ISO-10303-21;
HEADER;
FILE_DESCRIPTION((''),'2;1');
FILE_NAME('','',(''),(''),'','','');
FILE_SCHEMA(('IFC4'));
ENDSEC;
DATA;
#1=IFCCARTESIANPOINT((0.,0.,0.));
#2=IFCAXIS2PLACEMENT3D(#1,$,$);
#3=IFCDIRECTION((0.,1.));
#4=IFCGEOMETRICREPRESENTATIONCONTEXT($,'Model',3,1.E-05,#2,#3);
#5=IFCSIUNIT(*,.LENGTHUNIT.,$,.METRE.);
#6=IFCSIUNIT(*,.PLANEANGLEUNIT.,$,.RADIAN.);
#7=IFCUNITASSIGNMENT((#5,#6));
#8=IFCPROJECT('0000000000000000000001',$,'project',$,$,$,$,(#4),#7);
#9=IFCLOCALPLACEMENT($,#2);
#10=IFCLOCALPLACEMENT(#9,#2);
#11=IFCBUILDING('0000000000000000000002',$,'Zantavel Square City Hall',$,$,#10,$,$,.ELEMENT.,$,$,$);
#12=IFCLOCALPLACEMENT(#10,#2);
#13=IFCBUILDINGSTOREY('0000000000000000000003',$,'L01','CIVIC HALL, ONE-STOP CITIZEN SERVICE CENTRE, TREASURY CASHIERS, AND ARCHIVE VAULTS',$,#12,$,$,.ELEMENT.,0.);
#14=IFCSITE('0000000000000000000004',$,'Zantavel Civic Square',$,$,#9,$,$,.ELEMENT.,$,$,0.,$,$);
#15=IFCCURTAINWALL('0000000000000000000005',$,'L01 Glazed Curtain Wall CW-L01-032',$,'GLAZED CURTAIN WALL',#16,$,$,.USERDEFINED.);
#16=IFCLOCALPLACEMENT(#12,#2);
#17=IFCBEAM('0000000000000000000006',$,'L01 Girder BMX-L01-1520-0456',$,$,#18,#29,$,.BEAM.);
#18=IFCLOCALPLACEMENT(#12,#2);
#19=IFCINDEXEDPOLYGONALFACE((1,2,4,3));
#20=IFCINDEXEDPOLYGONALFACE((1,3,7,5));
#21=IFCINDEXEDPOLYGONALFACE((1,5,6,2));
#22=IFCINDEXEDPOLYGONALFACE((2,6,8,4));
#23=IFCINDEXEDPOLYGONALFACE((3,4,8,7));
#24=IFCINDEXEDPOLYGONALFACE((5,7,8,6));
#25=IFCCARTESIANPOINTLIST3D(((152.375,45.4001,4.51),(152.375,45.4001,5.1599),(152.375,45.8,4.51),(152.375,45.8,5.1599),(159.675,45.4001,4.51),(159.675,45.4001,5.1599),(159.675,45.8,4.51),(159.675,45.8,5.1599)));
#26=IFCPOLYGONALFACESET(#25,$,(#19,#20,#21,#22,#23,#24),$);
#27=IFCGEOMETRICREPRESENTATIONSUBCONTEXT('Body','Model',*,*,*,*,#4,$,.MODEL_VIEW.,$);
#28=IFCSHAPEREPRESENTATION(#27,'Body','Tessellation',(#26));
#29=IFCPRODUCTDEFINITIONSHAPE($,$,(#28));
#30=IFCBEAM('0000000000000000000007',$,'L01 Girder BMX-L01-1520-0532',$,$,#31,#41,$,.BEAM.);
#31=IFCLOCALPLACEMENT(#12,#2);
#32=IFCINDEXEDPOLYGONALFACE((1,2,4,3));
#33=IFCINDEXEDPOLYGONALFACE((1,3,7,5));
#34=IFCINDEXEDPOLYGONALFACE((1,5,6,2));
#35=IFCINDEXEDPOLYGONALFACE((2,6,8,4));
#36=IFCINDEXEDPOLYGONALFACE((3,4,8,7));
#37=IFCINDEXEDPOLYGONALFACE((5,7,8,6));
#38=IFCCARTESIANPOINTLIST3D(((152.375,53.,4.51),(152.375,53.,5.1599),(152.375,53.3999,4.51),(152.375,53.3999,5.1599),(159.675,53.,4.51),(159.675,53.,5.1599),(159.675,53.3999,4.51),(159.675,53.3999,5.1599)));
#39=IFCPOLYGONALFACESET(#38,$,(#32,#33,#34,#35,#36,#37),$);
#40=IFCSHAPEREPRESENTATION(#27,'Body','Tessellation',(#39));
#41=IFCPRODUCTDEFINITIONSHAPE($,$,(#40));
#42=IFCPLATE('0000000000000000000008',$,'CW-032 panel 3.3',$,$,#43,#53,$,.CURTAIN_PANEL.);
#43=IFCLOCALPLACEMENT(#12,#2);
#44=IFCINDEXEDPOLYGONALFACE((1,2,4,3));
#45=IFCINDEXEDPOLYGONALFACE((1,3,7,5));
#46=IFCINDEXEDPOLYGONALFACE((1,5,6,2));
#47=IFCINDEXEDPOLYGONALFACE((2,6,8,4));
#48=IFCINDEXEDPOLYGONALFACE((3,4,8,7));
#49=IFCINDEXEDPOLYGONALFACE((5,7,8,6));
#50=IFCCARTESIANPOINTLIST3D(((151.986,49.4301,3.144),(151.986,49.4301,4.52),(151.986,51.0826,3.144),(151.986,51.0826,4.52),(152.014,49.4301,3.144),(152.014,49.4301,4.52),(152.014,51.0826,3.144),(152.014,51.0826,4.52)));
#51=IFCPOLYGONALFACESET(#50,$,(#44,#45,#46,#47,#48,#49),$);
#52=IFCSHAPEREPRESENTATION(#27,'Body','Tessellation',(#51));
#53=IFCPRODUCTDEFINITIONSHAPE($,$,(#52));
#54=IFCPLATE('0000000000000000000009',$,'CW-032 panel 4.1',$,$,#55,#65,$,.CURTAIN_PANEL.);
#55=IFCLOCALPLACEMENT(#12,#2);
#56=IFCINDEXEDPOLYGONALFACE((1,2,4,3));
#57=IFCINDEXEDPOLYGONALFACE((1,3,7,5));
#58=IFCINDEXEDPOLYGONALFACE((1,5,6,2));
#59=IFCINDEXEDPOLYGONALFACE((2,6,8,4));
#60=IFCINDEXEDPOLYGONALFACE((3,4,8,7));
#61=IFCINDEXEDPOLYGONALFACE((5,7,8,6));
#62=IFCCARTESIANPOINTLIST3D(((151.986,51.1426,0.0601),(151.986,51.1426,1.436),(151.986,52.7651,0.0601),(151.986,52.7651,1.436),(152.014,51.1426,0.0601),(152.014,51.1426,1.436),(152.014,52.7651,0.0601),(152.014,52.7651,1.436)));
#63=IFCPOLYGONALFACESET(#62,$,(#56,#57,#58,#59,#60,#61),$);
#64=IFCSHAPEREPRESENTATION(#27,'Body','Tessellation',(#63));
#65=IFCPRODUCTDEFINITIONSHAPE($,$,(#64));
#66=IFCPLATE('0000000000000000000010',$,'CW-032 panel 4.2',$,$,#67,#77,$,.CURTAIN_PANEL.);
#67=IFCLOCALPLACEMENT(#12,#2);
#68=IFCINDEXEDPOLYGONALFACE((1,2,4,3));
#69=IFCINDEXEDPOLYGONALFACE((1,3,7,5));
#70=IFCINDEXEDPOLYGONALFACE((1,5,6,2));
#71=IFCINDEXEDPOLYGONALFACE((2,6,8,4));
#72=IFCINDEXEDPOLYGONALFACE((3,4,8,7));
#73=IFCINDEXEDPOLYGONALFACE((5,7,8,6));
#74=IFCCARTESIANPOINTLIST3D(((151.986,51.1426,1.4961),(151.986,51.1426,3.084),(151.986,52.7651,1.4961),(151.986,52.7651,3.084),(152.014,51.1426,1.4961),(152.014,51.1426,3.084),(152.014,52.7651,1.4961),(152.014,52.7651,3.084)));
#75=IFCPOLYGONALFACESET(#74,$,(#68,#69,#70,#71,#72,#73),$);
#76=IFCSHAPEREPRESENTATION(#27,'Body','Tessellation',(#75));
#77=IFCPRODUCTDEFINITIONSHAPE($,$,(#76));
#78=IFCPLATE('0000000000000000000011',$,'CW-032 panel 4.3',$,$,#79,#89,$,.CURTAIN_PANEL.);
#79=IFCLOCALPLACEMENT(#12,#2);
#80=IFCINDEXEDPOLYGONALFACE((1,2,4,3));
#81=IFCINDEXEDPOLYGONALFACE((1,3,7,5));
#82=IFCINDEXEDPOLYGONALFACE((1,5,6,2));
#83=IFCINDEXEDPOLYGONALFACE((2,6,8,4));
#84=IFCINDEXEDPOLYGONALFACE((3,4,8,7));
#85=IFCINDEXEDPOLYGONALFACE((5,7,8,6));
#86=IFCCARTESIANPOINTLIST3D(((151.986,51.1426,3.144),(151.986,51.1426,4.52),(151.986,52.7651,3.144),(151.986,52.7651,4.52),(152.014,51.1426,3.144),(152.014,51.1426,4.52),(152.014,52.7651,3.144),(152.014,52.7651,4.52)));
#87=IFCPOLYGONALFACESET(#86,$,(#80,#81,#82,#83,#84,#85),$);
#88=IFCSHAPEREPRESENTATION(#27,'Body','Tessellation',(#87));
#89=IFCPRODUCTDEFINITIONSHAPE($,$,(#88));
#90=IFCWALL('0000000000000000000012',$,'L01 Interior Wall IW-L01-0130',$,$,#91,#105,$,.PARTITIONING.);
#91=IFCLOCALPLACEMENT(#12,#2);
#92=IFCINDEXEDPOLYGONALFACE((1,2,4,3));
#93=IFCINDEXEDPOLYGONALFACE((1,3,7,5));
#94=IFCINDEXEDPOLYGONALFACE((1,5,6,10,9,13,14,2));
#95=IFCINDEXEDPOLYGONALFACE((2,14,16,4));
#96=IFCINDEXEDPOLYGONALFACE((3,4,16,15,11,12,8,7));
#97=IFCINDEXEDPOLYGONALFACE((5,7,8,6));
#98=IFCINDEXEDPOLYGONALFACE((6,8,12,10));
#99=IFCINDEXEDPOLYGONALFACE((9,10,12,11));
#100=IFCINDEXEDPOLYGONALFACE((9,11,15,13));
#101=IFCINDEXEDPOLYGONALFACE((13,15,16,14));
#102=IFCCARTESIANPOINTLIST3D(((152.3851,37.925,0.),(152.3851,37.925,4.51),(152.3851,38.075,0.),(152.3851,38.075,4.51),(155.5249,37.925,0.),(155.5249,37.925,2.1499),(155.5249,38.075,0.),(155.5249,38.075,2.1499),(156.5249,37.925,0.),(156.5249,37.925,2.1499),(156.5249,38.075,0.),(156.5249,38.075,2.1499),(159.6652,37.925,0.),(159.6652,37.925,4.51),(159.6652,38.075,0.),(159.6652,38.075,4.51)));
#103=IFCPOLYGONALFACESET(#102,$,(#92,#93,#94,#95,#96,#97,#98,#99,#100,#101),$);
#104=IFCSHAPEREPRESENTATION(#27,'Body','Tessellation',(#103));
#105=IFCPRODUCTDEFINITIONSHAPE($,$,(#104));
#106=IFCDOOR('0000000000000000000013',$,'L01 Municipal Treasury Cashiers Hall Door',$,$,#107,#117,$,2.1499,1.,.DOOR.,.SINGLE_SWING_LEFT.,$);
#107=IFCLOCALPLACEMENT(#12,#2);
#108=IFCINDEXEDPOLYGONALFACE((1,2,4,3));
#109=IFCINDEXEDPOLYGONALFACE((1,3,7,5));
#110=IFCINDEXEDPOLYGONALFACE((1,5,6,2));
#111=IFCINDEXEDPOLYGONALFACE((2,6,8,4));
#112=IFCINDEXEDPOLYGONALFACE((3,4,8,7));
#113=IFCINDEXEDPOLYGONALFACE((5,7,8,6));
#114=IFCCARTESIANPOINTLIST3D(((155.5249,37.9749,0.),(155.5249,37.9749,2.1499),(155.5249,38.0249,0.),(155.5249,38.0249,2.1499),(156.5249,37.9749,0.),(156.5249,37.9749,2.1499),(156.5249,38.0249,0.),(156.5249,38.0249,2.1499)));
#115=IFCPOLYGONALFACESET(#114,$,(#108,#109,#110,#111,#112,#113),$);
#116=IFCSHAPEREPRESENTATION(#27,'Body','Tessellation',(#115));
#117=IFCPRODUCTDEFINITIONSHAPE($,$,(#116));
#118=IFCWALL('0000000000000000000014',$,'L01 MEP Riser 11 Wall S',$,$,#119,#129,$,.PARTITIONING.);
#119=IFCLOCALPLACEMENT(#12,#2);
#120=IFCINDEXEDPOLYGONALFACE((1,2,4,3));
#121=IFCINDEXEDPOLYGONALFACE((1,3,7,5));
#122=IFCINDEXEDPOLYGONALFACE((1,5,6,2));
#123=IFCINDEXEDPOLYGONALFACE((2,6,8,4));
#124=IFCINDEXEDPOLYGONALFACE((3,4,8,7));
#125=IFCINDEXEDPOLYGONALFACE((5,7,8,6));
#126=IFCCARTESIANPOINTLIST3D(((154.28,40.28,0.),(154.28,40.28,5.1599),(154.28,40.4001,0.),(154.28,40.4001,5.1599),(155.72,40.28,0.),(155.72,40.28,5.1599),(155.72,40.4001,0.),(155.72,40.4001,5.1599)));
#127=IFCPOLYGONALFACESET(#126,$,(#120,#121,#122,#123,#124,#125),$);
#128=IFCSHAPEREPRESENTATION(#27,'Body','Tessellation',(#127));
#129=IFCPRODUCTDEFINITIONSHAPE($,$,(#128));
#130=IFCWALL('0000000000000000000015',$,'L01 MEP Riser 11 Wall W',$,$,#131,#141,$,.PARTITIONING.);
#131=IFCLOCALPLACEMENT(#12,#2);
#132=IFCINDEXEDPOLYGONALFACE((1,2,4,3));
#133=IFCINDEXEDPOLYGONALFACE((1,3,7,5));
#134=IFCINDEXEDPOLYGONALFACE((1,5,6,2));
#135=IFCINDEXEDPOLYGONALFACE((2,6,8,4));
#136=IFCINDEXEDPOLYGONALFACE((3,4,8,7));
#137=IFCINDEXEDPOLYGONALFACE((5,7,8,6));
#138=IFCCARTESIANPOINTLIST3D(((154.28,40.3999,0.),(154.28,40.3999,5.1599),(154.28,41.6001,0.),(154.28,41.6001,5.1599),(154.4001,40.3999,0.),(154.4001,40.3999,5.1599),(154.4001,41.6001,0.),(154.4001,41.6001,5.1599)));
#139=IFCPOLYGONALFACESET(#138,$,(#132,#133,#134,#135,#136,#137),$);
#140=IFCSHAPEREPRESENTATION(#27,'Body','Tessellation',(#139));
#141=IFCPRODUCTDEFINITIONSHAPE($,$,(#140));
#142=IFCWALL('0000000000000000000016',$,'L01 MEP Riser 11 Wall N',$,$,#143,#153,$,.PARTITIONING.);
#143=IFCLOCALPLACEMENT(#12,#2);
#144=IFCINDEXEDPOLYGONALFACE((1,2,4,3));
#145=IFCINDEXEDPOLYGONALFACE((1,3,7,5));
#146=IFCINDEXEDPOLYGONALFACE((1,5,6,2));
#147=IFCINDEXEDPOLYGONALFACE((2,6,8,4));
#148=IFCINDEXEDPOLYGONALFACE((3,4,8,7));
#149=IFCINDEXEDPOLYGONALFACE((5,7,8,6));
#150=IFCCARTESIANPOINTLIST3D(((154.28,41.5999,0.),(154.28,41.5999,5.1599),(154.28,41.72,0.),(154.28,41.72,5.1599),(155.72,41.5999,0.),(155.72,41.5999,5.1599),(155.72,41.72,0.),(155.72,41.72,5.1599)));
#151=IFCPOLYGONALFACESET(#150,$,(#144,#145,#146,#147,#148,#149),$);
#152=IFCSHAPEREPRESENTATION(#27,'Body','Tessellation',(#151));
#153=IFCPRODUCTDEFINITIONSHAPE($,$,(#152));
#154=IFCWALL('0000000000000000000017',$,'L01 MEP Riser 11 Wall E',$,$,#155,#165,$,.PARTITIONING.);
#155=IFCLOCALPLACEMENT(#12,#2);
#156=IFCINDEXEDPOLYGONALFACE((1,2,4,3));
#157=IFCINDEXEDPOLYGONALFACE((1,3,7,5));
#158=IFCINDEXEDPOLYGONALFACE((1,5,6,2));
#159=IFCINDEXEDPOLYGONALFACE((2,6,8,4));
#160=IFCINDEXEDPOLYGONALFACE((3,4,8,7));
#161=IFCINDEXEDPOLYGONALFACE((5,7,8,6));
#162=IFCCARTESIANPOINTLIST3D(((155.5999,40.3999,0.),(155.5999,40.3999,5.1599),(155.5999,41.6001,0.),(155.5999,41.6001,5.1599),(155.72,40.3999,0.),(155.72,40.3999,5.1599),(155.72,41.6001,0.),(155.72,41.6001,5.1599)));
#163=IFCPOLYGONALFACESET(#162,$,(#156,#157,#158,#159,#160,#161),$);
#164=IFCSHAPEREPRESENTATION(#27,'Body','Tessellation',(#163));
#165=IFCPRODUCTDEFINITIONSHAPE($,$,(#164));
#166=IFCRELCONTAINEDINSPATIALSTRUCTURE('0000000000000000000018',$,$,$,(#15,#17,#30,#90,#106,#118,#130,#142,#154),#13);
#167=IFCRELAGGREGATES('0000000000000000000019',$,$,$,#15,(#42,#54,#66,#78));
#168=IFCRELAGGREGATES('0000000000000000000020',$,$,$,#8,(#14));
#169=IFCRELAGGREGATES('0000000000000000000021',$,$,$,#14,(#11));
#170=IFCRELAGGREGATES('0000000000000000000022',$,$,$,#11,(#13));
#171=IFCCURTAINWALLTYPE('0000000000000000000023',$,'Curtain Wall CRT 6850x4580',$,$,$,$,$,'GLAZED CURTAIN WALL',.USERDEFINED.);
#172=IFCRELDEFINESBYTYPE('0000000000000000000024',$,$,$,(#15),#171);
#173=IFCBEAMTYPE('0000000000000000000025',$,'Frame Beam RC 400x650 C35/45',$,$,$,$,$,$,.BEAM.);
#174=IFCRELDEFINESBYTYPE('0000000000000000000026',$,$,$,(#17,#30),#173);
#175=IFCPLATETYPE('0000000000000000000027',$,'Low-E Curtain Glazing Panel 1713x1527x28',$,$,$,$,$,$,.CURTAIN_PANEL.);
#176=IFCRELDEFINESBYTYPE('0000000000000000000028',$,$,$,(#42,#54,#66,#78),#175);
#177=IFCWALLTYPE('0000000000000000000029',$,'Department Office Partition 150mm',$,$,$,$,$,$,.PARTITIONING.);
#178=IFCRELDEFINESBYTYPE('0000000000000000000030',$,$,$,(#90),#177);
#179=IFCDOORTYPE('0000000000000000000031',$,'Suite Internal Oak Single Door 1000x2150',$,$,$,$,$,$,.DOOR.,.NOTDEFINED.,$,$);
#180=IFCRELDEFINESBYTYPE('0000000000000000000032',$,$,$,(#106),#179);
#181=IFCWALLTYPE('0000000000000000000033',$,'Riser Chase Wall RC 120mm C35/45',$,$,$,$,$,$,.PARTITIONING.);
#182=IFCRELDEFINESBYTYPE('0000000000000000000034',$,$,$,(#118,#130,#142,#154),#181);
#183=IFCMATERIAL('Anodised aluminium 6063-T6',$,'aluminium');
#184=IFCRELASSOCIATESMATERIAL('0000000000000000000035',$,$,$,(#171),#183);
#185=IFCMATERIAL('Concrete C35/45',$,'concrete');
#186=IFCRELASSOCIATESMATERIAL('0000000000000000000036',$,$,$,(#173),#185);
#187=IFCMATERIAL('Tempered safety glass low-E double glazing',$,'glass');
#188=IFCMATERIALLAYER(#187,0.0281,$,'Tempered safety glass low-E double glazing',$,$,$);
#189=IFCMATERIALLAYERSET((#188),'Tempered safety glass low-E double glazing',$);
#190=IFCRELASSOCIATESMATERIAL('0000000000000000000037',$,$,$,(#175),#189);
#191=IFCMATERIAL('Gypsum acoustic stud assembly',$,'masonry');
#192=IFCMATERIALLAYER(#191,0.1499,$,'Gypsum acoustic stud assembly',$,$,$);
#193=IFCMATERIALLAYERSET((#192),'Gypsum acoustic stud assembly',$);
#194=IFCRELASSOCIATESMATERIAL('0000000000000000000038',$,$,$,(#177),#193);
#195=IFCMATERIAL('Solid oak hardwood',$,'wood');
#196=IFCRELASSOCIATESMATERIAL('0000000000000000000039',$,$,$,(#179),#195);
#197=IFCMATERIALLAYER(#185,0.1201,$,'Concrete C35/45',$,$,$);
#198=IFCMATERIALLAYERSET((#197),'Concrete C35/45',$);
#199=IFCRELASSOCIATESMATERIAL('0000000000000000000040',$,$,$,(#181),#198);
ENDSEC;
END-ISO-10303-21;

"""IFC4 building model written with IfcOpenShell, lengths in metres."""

from ifc_helpers import new_model, si_unit, direction, frame, frame_2d, origin, origin_2d, place, context, subcontext, project, spatial, rectangle, extrude, material, layer, layer_set, material_profile, profile_set, type_object, element, fill, aggregate, save


model = new_model("IFC4")

# Units and contexts
model_context = context("Model", 3, precision=1e-05, world=origin(), true_north=direction((0.0, 1.0)))
body_context = subcontext(model_context, "Body", "Model", "MODEL_VIEW")
ifc_project = project(units=[si_unit("LENGTHUNIT", "METRE"), si_unit("PLANEANGLEUNIT", "RADIAN")], contexts=[model_context])

# Site, building, storey
site_placement = place(None, origin())
site = spatial("IfcSite", under=ifc_project, at=site_placement, Name="Zantavel Civic Square", CompositionType="ELEMENT", RefElevation=0.0)
building_placement = place(site_placement, origin())
building = spatial("IfcBuilding", under=site, at=building_placement, Name="Zantavel Square City Hall", CompositionType="ELEMENT")
storey_placement = place(building_placement, origin())
storey = spatial("IfcBuildingStorey", under=building, at=storey_placement, Name="L01", Description="CIVIC HALL, ONE-STOP CITIZEN SERVICE CENTRE, TREASURY CASHIERS, AND ARCHIVE VAULTS", CompositionType="ELEMENT", Elevation=0.0)

# Curtain wall
ifc_material_1 = material(Name="Anodised aluminium 6063-T6", Category="aluminium")
curtain_wall_type = type_object("IfcCurtainWallType", Name="Curtain Wall CRT 6850x4580", ElementType="GLAZED CURTAIN WALL", PredefinedType="USERDEFINED", material=ifc_material_1)
curtain_wall_placement = place(storey_placement, origin())
curtain_wall = element("IfcCurtainWall", 1, at=curtain_wall_placement, inside=storey, type_object=curtain_wall_type, Name="L01 Glazed Curtain Wall CW-L01-032", ObjectType="GLAZED CURTAIN WALL", PredefinedType="USERDEFINED")

# Beams
ifc_material_2 = material(Name="Concrete C35/45", Category="concrete")
ifc_material_profile_1 = material_profile(ifc_material_2, rectangle(XDim=0.3999, YDim=0.6499, at=origin_2d()), Name="RC 400x650")
ifc_profile_set_1 = profile_set([ifc_material_profile_1], Name="Concrete C35/45")
beam_type_1 = type_object("IfcBeamType", Name="Frame Beam RC 400x650 C35/45", PredefinedType="BEAM", material=ifc_profile_set_1)
for number, where, z_axis, x_axis, name in (
    (2, (152.375, 45.6001, 4.835), (1.0, 0.0, 0.0), (0.0, 1.0, 0.0), "L01 Girder BMX-L01-1520-0456"),
    (3, (152.375, 53.2, 4.835), (1.0, 0.0, 0.0), (0.0, 1.0, 0.0), "L01 Girder BMX-L01-1520-0532"),
):
    element("IfcBeam", number, at=place(storey_placement, frame(where, z_axis=z_axis, x_axis=x_axis)), inside=storey, type_object=beam_type_1, Name=name, PredefinedType="BEAM", context=body_context, shape_type="SweptSolid", body=[
        extrude(rectangle(XDim=0.3999, YDim=0.6499, at=origin_2d()), origin(), (0.0, 0.0, 1.0), 7.3),
    ])

# Plates
ifc_material_3 = material(Name="Tempered safety glass low-E double glazing", Category="glass")
ifc_layer_1 = layer(ifc_material_3, 0.0281, Name="Tempered safety glass low-E double glazing")
ifc_layer_set_1 = layer_set([ifc_layer_1], Name="Tempered safety glass low-E double glazing")
plate_type = type_object("IfcPlateType", Name="Low-E Curtain Glazing Panel 1713x1527x28", PredefinedType="CURTAIN_PANEL", material=ifc_layer_set_1)
plate_1_placement = place(storey_placement, frame((152.0, 50.2563, 3.144), z_axis=(0.0, 0.0, 1.0), x_axis=(0.0, 1.0, 0.0)))
plate_1 = element("IfcPlate", 4, at=plate_1_placement, type_object=plate_type, Name="CW-032 panel 3.3", PredefinedType="CURTAIN_PANEL", context=body_context, shape_type="SweptSolid", body=[
    extrude(rectangle(XDim=1.6526, YDim=0.0281, at=origin_2d()), origin(), (0.0, 0.0, 1.0), 1.376),
])
plate_2_placement = place(storey_placement, frame((152.0, 51.9539, 0.0601), z_axis=(0.0, 0.0, 1.0), x_axis=(0.0, 1.0, 0.0)))
plate_2 = element("IfcPlate", 5, at=plate_2_placement, type_object=plate_type, Name="CW-032 panel 4.1", PredefinedType="CURTAIN_PANEL", context=body_context, shape_type="SweptSolid", body=[
    extrude(rectangle(XDim=1.6226, YDim=0.0281, at=origin_2d()), origin(), (0.0, 0.0, 1.0), 1.376),
])
plate_3_placement = place(storey_placement, frame((152.0, 51.9539, 1.4961), z_axis=(0.0, 0.0, 1.0), x_axis=(0.0, 1.0, 0.0)))
plate_3 = element("IfcPlate", 6, at=plate_3_placement, type_object=plate_type, Name="CW-032 panel 4.2", PredefinedType="CURTAIN_PANEL", context=body_context, shape_type="SweptSolid", body=[
    extrude(rectangle(XDim=1.6226, YDim=0.0281, at=origin_2d()), origin(), (0.0, 0.0, 1.0), 1.5879),
])
plate_4_placement = place(storey_placement, frame((152.0, 51.9539, 3.144), z_axis=(0.0, 0.0, 1.0), x_axis=(0.0, 1.0, 0.0)))
plate_4 = element("IfcPlate", 7, at=plate_4_placement, type_object=plate_type, Name="CW-032 panel 4.3", PredefinedType="CURTAIN_PANEL", context=body_context, shape_type="SweptSolid", body=[
    extrude(rectangle(XDim=1.6226, YDim=0.0281, at=origin_2d()), origin(), (0.0, 0.0, 1.0), 1.376),
])
aggregate(curtain_wall, [plate_1, plate_2, plate_3, plate_4])

# Wall, opening, door
ifc_material_4 = material(Name="Gypsum acoustic stud assembly", Category="masonry")
ifc_layer_2 = layer(ifc_material_4, 0.1499, Name="Gypsum acoustic stud assembly")
ifc_layer_set_2 = layer_set([ifc_layer_2], Name="Gypsum acoustic stud assembly")
wall_type_1 = type_object("IfcWallType", Name="Department Office Partition 150mm", PredefinedType="PARTITIONING", material=ifc_layer_set_2)
wall_1_placement = place(storey_placement, frame((152.385, 38.0, 0.0), z_axis=(0.0, 0.0, 1.0), x_axis=(1.0, 0.0, 0.0)))
wall_1 = element("IfcWall", 8, at=wall_1_placement, inside=storey, type_object=wall_type_1, Name="L01 Interior Wall IW-L01-0130", PredefinedType="PARTITIONING", context=body_context, shape_type="SweptSolid", body=[
    extrude(rectangle(XDim=7.28, YDim=0.1499, at=frame_2d((3.6401, 0.0))), origin(), (0.0, 0.0, 1.0), 4.51),
])
opening_placement = place(wall_1_placement, frame((3.1399, 0.0, 0.0)))
opening = element("IfcOpeningElement", 9, at=opening_placement, cuts=wall_1, PredefinedType="OPENING", context=body_context, shape_type="SweptSolid", body=[
    extrude(rectangle(XDim=1.0, YDim=2.1499, at=frame_2d((0.5, 1.075))), frame((0.0, 0.085, 0.0), z_axis=(0.0, -1.0, 0.0), x_axis=(1.0, 0.0, 0.0)), (0.0, 0.0, 1.0), 0.1699),
])
ifc_material_5 = material(Name="Solid oak hardwood", Category="wood")
door_type = type_object("IfcDoorType", Name="Suite Internal Oak Single Door 1000x2150", OperationType="NOTDEFINED", PredefinedType="DOOR", material=ifc_material_5)
door_placement = place(opening_placement, origin())
door = element("IfcDoor", 10, at=door_placement, inside=storey, type_object=door_type, Name="L01 Municipal Treasury Cashiers Hall Door", OperationType="SINGLE_SWING_LEFT", OverallHeight=2.1499, OverallWidth=1.0, PredefinedType="DOOR", context=body_context, shape_type="SweptSolid", body=[
    extrude(rectangle(XDim=1.0, YDim=2.1499, at=frame_2d((0.5, 1.075))), frame((0.0, 0.0249, 0.0), z_axis=(0.0, -1.0, 0.0), x_axis=(1.0, 0.0, 0.0)), (0.0, 0.0, 1.0), 0.05),
])
fill(opening, door)

# Walls
ifc_layer_3 = layer(ifc_material_2, 0.1201, Name="Concrete C35/45")
ifc_layer_set_3 = layer_set([ifc_layer_3], Name="Concrete C35/45")
wall_type_2 = type_object("IfcWallType", Name="Riser Chase Wall RC 120mm C35/45", PredefinedType="PARTITIONING", material=ifc_layer_set_3)
wall_2_placement = place(storey_placement, frame((155.72, 40.3401, 0.0), z_axis=(0.0, 0.0, 1.0), x_axis=(-1.0, 0.0, 0.0)))
element("IfcWall", 11, at=wall_2_placement, inside=storey, type_object=wall_type_2, Name="L01 MEP Riser 11 Wall S", PredefinedType="PARTITIONING", context=body_context, shape_type="SweptSolid", body=[
    extrude(rectangle(XDim=1.4399, YDim=0.1201, at=frame_2d((0.72, 0.0))), origin(), (0.0, 0.0, 1.0), 5.1599),
])
wall_3_placement = place(storey_placement, frame((154.3401, 40.3999, 0.0), z_axis=(0.0, 0.0, 1.0), x_axis=(0.0, 1.0, 0.0)))
element("IfcWall", 12, at=wall_3_placement, inside=storey, type_object=wall_type_2, Name="L01 MEP Riser 11 Wall W", PredefinedType="PARTITIONING", context=body_context, shape_type="SweptSolid", body=[
    extrude(rectangle(XDim=1.2002, YDim=0.1201, at=frame_2d((0.6001, 0.0))), origin(), (0.0, 0.0, 1.0), 5.1599),
])
wall_4_placement = place(storey_placement, frame((154.28, 41.6599, 0.0), z_axis=(0.0, 0.0, 1.0), x_axis=(1.0, 0.0, 0.0)))
element("IfcWall", 13, at=wall_4_placement, inside=storey, type_object=wall_type_2, Name="L01 MEP Riser 11 Wall N", PredefinedType="PARTITIONING", context=body_context, shape_type="SweptSolid", body=[
    extrude(rectangle(XDim=1.4399, YDim=0.1201, at=frame_2d((0.72, 0.0))), origin(), (0.0, 0.0, 1.0), 5.1599),
])
wall_5_placement = place(storey_placement, frame((155.6599, 41.6001, 0.0), z_axis=(0.0, 0.0, 1.0), x_axis=(0.0, -1.0, 0.0)))
element("IfcWall", 14, at=wall_5_placement, inside=storey, type_object=wall_type_2, Name="L01 MEP Riser 11 Wall E", PredefinedType="PARTITIONING", context=body_context, shape_type="SweptSolid", body=[
    extrude(rectangle(XDim=1.2002, YDim=0.1201, at=frame_2d((0.6001, 0.0))), origin(), (0.0, 0.0, 1.0), 5.1599),
])

save(model, "model.ifc")
